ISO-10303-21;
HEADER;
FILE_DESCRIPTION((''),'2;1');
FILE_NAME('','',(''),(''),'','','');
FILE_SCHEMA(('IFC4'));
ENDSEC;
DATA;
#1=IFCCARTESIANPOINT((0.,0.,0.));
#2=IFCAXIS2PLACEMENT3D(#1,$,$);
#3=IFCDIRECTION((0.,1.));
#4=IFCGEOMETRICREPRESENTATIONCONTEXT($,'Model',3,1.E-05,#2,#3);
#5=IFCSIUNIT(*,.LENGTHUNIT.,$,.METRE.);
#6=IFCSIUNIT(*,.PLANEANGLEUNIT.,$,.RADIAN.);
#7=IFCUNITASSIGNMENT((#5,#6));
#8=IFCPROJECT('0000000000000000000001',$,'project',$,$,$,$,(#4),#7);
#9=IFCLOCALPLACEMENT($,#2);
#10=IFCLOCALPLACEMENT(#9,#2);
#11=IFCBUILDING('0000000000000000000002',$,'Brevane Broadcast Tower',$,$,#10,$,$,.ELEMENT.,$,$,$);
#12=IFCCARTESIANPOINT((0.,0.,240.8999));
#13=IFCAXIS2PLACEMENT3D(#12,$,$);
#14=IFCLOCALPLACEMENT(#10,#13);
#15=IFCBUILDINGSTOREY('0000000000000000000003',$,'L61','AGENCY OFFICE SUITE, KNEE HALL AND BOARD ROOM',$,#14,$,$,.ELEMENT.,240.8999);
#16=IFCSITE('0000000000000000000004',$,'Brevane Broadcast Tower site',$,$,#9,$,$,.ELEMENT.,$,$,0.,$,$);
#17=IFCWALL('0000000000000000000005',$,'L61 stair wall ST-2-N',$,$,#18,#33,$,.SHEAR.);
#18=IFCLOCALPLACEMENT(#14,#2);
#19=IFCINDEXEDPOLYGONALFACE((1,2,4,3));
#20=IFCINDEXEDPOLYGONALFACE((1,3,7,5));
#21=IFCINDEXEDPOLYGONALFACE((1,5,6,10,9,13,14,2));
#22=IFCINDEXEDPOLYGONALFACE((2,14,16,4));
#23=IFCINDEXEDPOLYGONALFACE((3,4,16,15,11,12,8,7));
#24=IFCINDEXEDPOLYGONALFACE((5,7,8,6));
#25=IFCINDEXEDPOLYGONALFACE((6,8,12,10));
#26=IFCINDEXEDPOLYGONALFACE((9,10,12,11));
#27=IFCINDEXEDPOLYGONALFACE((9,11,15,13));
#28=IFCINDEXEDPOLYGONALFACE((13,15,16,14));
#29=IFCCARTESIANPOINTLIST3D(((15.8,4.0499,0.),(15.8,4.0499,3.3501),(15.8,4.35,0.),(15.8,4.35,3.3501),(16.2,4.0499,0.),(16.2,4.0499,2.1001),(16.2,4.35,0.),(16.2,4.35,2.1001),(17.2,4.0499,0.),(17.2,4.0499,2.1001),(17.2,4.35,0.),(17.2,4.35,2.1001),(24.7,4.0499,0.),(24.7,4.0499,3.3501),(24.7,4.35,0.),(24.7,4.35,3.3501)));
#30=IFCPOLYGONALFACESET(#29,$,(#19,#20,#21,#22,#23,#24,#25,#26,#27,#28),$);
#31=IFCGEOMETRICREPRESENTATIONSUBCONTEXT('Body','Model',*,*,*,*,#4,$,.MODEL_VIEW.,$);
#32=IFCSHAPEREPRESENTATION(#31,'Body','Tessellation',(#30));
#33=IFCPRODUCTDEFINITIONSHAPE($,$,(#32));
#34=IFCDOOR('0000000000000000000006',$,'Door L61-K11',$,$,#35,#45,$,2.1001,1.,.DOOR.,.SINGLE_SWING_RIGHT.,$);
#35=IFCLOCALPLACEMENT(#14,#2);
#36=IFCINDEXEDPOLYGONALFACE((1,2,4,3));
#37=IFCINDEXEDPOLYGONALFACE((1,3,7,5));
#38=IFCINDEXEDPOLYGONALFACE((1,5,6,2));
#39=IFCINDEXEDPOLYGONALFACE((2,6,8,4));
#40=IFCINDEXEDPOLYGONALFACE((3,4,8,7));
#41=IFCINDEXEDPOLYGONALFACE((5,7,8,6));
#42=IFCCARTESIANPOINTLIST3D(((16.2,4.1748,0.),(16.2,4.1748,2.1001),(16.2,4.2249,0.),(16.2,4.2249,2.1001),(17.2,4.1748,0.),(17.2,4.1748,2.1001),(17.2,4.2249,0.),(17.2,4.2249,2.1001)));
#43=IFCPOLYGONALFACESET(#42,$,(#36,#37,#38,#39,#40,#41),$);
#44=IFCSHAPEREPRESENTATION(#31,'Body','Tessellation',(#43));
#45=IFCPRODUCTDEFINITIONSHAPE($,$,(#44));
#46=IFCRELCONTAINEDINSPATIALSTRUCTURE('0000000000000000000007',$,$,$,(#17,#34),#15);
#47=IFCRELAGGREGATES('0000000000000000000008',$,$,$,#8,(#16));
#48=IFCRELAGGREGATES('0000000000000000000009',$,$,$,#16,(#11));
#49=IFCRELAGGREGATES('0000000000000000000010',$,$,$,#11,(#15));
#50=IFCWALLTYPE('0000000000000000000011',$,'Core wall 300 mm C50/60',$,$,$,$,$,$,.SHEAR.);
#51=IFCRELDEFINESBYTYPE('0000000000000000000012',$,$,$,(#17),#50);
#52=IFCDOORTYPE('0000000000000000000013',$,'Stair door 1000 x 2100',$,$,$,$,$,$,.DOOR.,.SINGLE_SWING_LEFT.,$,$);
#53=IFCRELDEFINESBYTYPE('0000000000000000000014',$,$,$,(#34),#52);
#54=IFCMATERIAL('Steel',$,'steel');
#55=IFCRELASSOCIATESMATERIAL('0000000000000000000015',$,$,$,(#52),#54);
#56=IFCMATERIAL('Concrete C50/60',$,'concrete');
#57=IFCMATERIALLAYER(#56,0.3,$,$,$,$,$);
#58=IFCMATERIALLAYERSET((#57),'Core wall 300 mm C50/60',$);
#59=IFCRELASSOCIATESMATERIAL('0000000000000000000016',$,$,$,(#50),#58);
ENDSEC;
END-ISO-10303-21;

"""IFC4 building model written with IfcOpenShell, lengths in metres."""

from ifc_helpers import new_model, si_unit, direction, frame, frame_2d, origin, place, context, subcontext, project, spatial, rectangle, extrude, material, layer, layer_set, type_object, element, fill, save


model = new_model("IFC4")

# Units and contexts
model_context = context("Model", 3, precision=1e-05, world=origin(), true_north=direction((0.0, 1.0)))
body_context = subcontext(model_context, "Body", "Model", "MODEL_VIEW")
ifc_project = project(units=[si_unit("LENGTHUNIT", "METRE"), si_unit("PLANEANGLEUNIT", "RADIAN")], contexts=[model_context])

# Site, building, storey
site_placement = place(None, origin())
site = spatial("IfcSite", under=ifc_project, at=site_placement, Name="Brevane Broadcast Tower site", CompositionType="ELEMENT", RefElevation=0.0)
building_placement = place(site_placement, origin())
building = spatial("IfcBuilding", under=site, at=building_placement, Name="Brevane Broadcast Tower", CompositionType="ELEMENT")
storey_placement = place(building_placement, frame((0.0, 0.0, 240.8999)))
storey = spatial("IfcBuildingStorey", under=building, at=storey_placement, Name="L61", Description="AGENCY OFFICE SUITE, KNEE HALL AND BOARD ROOM", CompositionType="ELEMENT", Elevation=240.8999)

# Shared definitions
ifc_material_1 = material(Name="Steel", Category="steel")

# Shared definitions
door_type_1 = type_object("IfcDoorType", Name="Stair door 1000 x 2100", OperationType="SINGLE_SWING_LEFT", PredefinedType="DOOR", material=ifc_material_1)

# Shared definitions
ifc_material_2 = material(Name="Concrete C50/60", Category="concrete")
ifc_layer_1 = layer(ifc_material_2, 0.3)
ifc_layer_set_1 = layer_set([ifc_layer_1], Name="Core wall 300 mm C50/60")
wall_type_1 = type_object("IfcWallType", Name="Core wall 300 mm C50/60", PredefinedType="SHEAR", material=ifc_layer_set_1)

# Wall, opening, door
wall_1_placement = place(storey_placement, frame((15.8, 4.2, 0.0), z_axis=(0.0, 0.0, 1.0), x_axis=(1.0, 0.0, 0.0)))
wall_1 = element("IfcWall", 1, at=wall_1_placement, inside=storey, type_object=wall_type_1, Name="L61 stair wall ST-2-N", PredefinedType="SHEAR", context=body_context, shape_type="SweptSolid", body=[
    extrude(rectangle(XDim=8.8999, YDim=0.3, at=frame_2d((4.45, 0.0))), origin(), (0.0, 0.0, 1.0), 3.3501),
])
opening_1_placement = place(wall_1_placement, frame((0.3999, 0.0, 0.0)))
opening_1 = element("IfcOpeningElement", 2, at=opening_1_placement, cuts=wall_1, PredefinedType="OPENING", context=body_context, shape_type="SweptSolid", body=[
    extrude(rectangle(XDim=1.0, YDim=2.1001, at=frame_2d((0.5, 1.05))), frame((0.0, 0.1599, 0.0), z_axis=(0.0, -1.0, 0.0), x_axis=(1.0, 0.0, 0.0)), (0.0, 0.0, 1.0), 0.3201),
])
door_1_placement = place(opening_1_placement, origin())
door_1 = element("IfcDoor", 3, at=door_1_placement, inside=storey, type_object=door_type_1, Name="Door L61-K11", OperationType="SINGLE_SWING_RIGHT", OverallHeight=2.1001, OverallWidth=1.0, PredefinedType="DOOR", context=body_context, shape_type="SweptSolid", body=[
    extrude(rectangle(XDim=1.0, YDim=2.1001, at=frame_2d((0.5, 1.05))), frame((0.0, 0.0249, 0.0), z_axis=(0.0, -1.0, 0.0), x_axis=(1.0, 0.0, 0.0)), (0.0, 0.0, 1.0), 0.05),
])
fill(opening_1, door_1)

save(model, "model.ifc")
